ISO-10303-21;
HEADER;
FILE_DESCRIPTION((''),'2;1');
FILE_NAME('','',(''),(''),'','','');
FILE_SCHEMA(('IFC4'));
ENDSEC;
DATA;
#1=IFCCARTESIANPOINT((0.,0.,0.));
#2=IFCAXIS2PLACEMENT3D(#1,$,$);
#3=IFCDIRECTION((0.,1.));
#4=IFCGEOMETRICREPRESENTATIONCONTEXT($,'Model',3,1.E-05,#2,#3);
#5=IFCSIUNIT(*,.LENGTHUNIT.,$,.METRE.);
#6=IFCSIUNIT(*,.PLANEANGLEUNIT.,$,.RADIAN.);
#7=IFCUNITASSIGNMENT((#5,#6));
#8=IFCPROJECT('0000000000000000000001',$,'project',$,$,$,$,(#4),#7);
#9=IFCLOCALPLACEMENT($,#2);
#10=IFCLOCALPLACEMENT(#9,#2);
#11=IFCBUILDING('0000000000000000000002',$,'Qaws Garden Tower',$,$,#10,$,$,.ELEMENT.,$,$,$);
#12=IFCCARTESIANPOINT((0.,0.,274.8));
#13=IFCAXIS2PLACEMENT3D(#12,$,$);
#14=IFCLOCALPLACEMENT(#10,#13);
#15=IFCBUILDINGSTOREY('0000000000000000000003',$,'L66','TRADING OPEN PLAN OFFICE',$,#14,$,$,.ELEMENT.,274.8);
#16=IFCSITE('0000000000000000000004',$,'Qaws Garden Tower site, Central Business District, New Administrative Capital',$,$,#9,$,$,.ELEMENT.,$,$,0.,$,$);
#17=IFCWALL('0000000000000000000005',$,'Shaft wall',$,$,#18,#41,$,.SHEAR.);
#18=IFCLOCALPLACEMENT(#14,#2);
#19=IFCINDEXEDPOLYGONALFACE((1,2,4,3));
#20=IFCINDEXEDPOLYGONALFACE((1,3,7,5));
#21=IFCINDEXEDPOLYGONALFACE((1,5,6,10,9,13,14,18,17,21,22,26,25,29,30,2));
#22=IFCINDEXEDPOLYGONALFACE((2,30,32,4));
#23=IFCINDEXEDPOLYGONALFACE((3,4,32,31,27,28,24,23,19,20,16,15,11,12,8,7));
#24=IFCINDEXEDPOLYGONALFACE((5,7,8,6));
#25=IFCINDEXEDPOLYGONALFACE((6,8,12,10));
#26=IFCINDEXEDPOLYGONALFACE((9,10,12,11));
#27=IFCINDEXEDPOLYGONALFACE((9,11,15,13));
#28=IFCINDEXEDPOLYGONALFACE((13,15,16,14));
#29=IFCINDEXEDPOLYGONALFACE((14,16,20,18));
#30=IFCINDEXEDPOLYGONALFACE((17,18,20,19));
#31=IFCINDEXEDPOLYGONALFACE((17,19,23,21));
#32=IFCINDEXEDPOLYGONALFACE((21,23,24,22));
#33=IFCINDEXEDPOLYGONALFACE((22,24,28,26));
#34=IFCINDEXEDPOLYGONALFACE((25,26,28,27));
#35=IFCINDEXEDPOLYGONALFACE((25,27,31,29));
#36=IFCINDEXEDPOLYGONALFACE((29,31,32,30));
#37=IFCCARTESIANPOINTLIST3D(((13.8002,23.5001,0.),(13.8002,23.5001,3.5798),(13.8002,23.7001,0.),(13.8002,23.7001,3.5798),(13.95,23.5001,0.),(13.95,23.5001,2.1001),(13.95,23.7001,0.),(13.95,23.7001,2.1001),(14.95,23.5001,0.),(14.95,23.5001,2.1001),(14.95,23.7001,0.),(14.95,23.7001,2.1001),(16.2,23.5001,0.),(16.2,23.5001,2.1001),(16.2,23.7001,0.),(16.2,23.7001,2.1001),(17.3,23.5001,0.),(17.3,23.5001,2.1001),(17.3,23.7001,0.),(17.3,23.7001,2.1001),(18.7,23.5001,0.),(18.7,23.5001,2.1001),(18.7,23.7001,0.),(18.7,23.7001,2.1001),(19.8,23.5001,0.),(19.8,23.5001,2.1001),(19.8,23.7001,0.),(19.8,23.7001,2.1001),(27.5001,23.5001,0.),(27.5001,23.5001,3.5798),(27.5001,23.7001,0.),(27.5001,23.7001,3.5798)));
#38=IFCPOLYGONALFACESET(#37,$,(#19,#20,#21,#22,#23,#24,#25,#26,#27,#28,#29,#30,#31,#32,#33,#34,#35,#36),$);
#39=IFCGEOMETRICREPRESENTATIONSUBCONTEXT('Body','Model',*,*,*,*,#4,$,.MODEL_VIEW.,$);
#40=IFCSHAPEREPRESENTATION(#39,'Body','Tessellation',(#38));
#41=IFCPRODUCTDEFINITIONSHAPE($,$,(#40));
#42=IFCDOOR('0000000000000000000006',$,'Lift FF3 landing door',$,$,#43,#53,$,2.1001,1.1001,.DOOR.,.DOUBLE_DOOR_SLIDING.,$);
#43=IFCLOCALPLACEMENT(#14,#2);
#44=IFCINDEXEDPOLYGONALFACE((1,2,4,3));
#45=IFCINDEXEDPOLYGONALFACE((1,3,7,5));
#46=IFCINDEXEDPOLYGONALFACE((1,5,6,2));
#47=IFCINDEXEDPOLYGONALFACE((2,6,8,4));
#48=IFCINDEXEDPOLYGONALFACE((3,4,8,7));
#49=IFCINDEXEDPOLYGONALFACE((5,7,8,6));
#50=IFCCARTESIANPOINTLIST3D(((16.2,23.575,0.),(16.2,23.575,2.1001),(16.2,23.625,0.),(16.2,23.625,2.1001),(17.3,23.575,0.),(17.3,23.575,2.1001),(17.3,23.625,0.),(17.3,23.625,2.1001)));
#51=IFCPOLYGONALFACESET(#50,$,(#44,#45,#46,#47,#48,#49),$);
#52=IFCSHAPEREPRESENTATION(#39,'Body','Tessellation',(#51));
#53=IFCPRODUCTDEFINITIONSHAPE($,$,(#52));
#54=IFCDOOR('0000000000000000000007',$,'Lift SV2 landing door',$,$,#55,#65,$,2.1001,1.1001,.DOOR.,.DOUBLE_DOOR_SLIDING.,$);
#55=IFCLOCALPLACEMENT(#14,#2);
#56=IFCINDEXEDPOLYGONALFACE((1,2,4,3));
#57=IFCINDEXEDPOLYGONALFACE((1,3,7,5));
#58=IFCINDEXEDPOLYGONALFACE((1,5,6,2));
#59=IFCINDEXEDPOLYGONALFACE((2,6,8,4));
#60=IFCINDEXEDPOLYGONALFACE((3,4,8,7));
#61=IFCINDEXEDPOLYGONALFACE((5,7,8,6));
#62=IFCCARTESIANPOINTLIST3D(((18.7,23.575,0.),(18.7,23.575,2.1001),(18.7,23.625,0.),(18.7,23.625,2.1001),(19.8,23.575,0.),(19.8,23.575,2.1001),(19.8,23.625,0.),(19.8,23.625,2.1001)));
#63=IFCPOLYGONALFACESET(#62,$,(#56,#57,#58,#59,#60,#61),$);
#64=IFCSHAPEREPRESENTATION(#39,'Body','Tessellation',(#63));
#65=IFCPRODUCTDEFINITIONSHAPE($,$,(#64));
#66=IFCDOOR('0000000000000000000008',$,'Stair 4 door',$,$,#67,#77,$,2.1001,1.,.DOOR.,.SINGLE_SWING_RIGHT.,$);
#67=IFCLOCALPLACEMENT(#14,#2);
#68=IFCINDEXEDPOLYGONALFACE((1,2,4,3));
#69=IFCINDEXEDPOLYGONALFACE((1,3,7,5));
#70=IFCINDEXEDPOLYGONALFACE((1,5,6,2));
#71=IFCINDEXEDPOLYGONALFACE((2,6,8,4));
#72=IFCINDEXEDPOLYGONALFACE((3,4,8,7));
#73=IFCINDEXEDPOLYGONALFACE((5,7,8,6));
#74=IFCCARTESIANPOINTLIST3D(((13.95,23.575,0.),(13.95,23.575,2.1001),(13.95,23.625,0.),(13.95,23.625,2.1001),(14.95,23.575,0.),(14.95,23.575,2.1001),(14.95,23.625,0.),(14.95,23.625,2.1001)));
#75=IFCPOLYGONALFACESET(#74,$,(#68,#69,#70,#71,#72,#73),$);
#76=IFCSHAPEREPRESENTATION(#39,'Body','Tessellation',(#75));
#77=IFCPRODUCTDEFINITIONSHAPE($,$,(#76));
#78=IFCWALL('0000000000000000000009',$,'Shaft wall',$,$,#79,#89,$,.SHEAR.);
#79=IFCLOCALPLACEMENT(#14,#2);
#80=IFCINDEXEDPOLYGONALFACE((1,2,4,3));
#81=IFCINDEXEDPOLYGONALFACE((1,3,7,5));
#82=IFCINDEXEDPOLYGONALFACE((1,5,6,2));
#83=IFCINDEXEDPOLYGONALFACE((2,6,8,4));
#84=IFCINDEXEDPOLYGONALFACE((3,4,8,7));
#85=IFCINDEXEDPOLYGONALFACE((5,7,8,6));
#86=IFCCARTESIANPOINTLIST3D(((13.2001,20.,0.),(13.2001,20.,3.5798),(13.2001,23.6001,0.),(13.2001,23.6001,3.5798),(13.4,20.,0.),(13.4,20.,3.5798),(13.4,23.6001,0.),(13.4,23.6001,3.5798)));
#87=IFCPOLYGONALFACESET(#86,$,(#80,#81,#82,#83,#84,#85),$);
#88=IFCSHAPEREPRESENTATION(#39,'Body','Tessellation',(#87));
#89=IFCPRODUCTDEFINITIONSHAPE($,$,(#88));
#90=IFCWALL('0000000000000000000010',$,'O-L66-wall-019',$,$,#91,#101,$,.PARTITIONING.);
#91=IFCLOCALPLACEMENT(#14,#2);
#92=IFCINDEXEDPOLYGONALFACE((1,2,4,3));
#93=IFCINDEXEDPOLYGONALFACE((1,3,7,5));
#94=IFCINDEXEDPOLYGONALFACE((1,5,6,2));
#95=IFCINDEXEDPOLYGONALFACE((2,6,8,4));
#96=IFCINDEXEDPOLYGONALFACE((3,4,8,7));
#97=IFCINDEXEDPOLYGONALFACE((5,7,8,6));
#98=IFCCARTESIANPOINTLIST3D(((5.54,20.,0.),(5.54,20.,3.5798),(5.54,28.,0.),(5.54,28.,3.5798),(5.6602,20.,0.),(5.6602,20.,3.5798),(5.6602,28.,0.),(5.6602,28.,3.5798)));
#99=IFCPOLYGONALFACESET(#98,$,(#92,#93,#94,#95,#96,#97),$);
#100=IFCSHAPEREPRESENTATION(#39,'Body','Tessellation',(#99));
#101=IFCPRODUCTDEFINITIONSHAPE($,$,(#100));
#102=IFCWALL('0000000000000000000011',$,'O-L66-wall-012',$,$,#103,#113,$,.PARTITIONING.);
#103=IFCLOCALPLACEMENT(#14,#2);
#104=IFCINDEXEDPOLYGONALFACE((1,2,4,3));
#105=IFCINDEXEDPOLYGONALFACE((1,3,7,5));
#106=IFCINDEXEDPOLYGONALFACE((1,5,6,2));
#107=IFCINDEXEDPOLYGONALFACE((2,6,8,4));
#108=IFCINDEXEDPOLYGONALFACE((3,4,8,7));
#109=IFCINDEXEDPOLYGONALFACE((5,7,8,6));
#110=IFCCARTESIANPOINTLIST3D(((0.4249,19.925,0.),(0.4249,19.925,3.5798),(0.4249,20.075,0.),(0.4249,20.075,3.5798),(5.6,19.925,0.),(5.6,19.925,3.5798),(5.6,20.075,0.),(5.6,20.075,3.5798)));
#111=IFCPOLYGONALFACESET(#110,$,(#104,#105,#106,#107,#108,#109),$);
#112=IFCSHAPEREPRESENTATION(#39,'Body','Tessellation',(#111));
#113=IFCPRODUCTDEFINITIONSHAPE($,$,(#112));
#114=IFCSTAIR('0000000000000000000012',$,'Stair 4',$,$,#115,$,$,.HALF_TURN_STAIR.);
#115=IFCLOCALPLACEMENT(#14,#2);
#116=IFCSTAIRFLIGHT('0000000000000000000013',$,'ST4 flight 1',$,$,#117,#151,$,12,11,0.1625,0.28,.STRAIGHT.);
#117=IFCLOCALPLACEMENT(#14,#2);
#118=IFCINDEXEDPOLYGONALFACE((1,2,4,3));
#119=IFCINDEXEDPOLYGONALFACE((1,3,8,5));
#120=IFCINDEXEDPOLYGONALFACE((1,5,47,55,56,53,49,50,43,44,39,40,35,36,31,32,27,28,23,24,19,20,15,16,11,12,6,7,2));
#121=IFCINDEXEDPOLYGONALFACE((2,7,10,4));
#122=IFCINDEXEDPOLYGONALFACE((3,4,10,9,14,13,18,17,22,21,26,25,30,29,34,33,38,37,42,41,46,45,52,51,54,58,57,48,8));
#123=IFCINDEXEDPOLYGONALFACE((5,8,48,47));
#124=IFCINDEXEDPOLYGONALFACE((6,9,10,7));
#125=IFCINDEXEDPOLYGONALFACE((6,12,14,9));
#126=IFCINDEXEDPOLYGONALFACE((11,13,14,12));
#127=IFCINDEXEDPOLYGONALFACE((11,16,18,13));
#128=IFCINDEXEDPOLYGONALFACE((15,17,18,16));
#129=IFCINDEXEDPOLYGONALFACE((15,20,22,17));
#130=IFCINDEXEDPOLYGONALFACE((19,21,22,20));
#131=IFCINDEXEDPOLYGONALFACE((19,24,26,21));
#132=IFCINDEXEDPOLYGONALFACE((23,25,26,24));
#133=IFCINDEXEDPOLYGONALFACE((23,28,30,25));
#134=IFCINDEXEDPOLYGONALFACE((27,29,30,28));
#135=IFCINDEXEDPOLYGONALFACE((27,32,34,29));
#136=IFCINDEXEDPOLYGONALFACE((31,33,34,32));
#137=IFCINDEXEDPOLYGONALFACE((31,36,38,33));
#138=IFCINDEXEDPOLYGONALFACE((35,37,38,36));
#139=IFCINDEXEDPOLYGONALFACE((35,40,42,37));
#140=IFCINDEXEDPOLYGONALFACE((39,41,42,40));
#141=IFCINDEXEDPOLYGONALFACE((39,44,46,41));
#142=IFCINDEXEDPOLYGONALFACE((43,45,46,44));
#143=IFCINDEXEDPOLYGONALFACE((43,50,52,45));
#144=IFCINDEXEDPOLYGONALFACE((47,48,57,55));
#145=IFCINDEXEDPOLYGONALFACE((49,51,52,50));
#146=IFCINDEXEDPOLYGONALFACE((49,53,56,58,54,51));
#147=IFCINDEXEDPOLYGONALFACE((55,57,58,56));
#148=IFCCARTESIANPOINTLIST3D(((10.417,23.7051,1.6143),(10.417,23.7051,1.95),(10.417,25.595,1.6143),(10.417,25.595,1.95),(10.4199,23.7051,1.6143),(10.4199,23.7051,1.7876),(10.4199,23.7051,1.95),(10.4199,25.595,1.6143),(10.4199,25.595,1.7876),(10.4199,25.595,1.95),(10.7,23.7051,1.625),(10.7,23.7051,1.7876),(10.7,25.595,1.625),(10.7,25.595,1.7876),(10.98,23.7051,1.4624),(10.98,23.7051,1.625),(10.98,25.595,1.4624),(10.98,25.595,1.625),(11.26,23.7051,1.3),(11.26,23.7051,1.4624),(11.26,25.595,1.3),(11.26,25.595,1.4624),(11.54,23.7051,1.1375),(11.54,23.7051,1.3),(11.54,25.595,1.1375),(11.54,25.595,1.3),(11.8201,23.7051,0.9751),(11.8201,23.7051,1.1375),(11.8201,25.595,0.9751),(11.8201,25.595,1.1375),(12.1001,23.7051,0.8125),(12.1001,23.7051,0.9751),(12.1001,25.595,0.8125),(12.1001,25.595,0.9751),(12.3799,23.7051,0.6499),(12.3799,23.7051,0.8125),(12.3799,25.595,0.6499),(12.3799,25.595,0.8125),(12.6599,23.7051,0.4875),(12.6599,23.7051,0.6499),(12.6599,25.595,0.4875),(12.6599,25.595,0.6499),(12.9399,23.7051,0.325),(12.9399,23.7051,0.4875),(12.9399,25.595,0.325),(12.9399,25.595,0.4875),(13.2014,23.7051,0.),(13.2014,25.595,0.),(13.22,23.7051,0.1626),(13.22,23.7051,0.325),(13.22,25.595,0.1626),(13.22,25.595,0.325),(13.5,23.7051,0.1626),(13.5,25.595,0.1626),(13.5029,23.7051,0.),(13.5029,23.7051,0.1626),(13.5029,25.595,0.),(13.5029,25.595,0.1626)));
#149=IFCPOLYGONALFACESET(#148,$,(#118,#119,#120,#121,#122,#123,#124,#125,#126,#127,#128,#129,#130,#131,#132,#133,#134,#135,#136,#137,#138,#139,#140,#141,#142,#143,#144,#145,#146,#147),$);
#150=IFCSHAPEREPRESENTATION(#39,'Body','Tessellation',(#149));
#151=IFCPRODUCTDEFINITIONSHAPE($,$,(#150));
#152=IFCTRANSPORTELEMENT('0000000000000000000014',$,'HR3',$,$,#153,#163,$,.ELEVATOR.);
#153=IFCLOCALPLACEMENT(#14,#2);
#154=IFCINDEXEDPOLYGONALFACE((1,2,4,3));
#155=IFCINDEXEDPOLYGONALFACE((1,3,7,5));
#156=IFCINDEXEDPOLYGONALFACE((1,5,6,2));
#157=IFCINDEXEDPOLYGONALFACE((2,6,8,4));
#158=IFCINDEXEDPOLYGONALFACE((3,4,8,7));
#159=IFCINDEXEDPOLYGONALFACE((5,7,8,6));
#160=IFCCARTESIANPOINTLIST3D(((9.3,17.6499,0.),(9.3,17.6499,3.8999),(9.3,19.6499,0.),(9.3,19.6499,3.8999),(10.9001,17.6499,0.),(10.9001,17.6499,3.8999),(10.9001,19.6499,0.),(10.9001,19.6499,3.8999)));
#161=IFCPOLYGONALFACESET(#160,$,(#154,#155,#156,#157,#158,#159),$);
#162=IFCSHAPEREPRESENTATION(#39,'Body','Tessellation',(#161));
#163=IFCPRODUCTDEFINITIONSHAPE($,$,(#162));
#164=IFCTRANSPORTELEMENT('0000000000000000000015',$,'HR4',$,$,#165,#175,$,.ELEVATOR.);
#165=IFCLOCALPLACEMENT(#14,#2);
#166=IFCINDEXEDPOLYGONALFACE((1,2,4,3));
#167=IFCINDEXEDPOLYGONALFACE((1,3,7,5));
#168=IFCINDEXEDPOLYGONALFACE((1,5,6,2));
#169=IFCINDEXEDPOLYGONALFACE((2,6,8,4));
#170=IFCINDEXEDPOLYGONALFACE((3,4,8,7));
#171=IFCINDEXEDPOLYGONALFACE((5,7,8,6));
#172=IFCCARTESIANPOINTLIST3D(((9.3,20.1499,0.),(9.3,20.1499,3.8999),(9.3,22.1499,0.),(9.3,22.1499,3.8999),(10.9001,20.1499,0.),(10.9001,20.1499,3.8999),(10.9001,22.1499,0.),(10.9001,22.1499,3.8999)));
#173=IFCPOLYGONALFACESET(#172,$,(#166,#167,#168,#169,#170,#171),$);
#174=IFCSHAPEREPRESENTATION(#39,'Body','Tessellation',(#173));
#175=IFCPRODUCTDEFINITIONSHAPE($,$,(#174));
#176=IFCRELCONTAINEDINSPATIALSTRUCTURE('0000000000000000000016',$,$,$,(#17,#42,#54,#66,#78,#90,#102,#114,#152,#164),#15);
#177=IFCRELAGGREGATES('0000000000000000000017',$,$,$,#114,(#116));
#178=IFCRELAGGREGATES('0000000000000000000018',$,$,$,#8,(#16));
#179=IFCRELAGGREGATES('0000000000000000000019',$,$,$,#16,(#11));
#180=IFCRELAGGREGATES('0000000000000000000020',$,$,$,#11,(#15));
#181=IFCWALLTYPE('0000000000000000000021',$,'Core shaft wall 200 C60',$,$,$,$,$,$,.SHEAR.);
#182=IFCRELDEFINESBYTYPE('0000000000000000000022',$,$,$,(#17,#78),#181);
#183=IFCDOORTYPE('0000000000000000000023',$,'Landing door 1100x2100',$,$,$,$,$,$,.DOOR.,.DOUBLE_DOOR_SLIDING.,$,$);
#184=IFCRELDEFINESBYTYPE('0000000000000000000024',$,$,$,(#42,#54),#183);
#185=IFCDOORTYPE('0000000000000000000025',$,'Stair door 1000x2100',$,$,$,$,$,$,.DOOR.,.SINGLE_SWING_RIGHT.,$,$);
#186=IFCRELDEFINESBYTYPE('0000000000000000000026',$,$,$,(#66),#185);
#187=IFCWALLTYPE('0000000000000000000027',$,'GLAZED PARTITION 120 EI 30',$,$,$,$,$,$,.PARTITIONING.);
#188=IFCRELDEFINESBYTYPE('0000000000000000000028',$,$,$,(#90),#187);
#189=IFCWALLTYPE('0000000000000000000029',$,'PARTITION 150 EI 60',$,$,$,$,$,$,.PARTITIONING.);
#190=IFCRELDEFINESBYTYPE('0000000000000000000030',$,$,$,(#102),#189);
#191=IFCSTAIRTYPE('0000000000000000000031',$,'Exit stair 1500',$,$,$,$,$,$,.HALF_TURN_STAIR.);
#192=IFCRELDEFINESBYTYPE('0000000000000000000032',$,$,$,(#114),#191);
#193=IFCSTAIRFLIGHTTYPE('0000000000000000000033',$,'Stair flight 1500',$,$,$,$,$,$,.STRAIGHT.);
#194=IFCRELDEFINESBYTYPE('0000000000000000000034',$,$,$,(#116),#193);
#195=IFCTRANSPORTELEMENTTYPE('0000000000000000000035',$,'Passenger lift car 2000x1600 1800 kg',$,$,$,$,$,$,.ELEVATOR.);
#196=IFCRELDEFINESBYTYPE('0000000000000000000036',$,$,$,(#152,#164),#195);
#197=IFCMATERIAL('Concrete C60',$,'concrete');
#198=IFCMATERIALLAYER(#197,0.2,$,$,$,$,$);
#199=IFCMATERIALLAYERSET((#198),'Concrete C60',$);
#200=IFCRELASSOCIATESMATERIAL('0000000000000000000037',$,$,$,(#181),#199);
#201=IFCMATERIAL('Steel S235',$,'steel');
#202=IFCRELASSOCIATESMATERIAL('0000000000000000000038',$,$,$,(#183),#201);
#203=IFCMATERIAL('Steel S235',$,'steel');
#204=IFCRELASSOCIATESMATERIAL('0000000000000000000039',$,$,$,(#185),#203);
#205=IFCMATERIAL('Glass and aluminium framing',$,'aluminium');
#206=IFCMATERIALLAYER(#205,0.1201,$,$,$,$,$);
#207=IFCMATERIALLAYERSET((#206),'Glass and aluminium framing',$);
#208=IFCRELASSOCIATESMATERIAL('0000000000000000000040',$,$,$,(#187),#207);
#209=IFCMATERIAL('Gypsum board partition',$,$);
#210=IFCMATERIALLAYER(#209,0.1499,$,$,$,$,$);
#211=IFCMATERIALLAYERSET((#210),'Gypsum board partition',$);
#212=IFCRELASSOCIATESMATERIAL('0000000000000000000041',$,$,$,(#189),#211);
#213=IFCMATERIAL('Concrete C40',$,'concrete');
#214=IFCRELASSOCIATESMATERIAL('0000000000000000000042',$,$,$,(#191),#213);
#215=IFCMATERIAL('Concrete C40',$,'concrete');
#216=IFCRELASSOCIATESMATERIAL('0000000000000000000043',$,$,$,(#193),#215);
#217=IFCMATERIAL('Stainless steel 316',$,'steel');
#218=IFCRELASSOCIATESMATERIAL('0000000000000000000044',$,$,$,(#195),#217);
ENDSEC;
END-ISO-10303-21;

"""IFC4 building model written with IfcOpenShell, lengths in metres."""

from ifc_helpers import new_model, si_unit, direction, frame, frame_2d, origin, origin_2d, place, context, subcontext, project, spatial, polyline, rectangle, outline, extrude, material, layer, layer_set, type_object, element, fill, aggregate, save


model = new_model("IFC4")

# Units and contexts
model_context = context("Model", 3, precision=1e-05, world=origin(), true_north=direction((0.0, 1.0)))
body_context = subcontext(model_context, "Body", "Model", "MODEL_VIEW")
ifc_project = project(units=[si_unit("LENGTHUNIT", "METRE"), si_unit("PLANEANGLEUNIT", "RADIAN")], contexts=[model_context])

# Site, building, storey
site_placement = place(None, origin())
site = spatial("IfcSite", under=ifc_project, at=site_placement, Name="Qaws Garden Tower site, Central Business District, New Administrative Capital", CompositionType="ELEMENT", RefElevation=0.0)
building_placement = place(site_placement, origin())
building = spatial("IfcBuilding", under=site, at=building_placement, Name="Qaws Garden Tower", CompositionType="ELEMENT")
storey_placement = place(building_placement, frame((0.0, 0.0, 274.8)))
storey = spatial("IfcBuildingStorey", under=building, at=storey_placement, Name="L66", Description="TRADING OPEN PLAN OFFICE", CompositionType="ELEMENT", Elevation=274.8)

# Shared definitions
ifc_material_1 = material(Name="Concrete C60", Category="concrete")
ifc_layer_1 = layer(ifc_material_1, 0.2)
ifc_layer_set_1 = layer_set([ifc_layer_1], Name="Concrete C60")
wall_type_1 = type_object("IfcWallType", Name="Core shaft wall 200 C60", PredefinedType="SHEAR", material=ifc_layer_set_1)

# Wall, openings, doors
wall_1_placement = place(storey_placement, frame((13.8, 23.6001, 0.0), z_axis=(0.0, 0.0, 1.0), x_axis=(1.0, 0.0, 0.0)))
wall_1 = element("IfcWall", 1, at=wall_1_placement, inside=storey, type_object=wall_type_1, Name="Shaft wall", PredefinedType="SHEAR", context=body_context, shape_type="SweptSolid", body=[
    extrude(rectangle(XDim=13.7, YDim=0.2, at=frame_2d((6.8501, 0.0))), origin(), (0.0, 0.0, 1.0), 3.5798),
])
opening_1_placement = place(wall_1_placement, frame((2.3999, 0.0, 0.0)))
opening_1 = element("IfcOpeningElement", 2, at=opening_1_placement, cuts=wall_1, PredefinedType="OPENING", context=body_context, shape_type="SweptSolid", body=[
    extrude(rectangle(XDim=1.1001, YDim=2.1001, at=frame_2d((0.55, 1.05))), frame((0.0, 0.1099, 0.0), z_axis=(0.0, -1.0, 0.0), x_axis=(1.0, 0.0, 0.0)), (0.0, 0.0, 1.0), 0.22),
])
opening_2_placement = place(wall_1_placement, frame((4.8999, 0.0, 0.0)))
opening_2 = element("IfcOpeningElement", 3, at=opening_2_placement, cuts=wall_1, PredefinedType="OPENING", context=body_context, shape_type="SweptSolid", body=[
    extrude(rectangle(XDim=1.1001, YDim=2.1001, at=frame_2d((0.55, 1.05))), frame((0.0, 0.1099, 0.0), z_axis=(0.0, -1.0, 0.0), x_axis=(1.0, 0.0, 0.0)), (0.0, 0.0, 1.0), 0.22),
])
opening_3_placement = place(wall_1_placement, frame((0.1499, 0.0, 0.0)))
opening_3 = element("IfcOpeningElement", 4, at=opening_3_placement, cuts=wall_1, PredefinedType="OPENING", context=body_context, shape_type="SweptSolid", body=[
    extrude(rectangle(XDim=1.0, YDim=2.1001, at=frame_2d((0.5, 1.05))), frame((0.0, 0.1099, 0.0), z_axis=(0.0, -1.0, 0.0), x_axis=(1.0, 0.0, 0.0)), (0.0, 0.0, 1.0), 0.22),
])
ifc_material_2 = material(Name="Steel S235", Category="steel")
door_type_1 = type_object("IfcDoorType", Name="Landing door 1100x2100", OperationType="DOUBLE_DOOR_SLIDING", PredefinedType="DOOR", material=ifc_material_2)
door_1_placement = place(opening_1_placement, origin())
door_1 = element("IfcDoor", 5, at=door_1_placement, inside=storey, type_object=door_type_1, Name="Lift FF3 landing door", OperationType="DOUBLE_DOOR_SLIDING", OverallHeight=2.1001, OverallWidth=1.1001, PredefinedType="DOOR", context=body_context, shape_type="SweptSolid", body=[
    extrude(rectangle(XDim=1.1001, YDim=2.1001, at=frame_2d((0.55, 1.05))), frame((0.0, 0.0249, 0.0), z_axis=(0.0, -1.0, 0.0), x_axis=(1.0, 0.0, 0.0)), (0.0, 0.0, 1.0), 0.05),
])
fill(opening_1, door_1)
door_2_placement = place(opening_2_placement, origin())
door_2 = element("IfcDoor", 6, at=door_2_placement, inside=storey, type_object=door_type_1, Name="Lift SV2 landing door", OperationType="DOUBLE_DOOR_SLIDING", OverallHeight=2.1001, OverallWidth=1.1001, PredefinedType="DOOR", context=body_context, shape_type="SweptSolid", body=[
    extrude(rectangle(XDim=1.1001, YDim=2.1001, at=frame_2d((0.55, 1.05))), frame((0.0, 0.0249, 0.0), z_axis=(0.0, -1.0, 0.0), x_axis=(1.0, 0.0, 0.0)), (0.0, 0.0, 1.0), 0.05),
])
fill(opening_2, door_2)
ifc_material_3 = material(Name="Steel S235", Category="steel")
door_type_2 = type_object("IfcDoorType", Name="Stair door 1000x2100", OperationType="SINGLE_SWING_RIGHT", PredefinedType="DOOR", material=ifc_material_3)
door_3_placement = place(opening_3_placement, origin())
door_3 = element("IfcDoor", 7, at=door_3_placement, inside=storey, type_object=door_type_2, Name="Stair 4 door", OperationType="SINGLE_SWING_RIGHT", OverallHeight=2.1001, OverallWidth=1.0, PredefinedType="DOOR", context=body_context, shape_type="SweptSolid", body=[
    extrude(rectangle(XDim=1.0, YDim=2.1001, at=frame_2d((0.5, 1.05))), frame((0.0, 0.0249, 0.0), z_axis=(0.0, -1.0, 0.0), x_axis=(1.0, 0.0, 0.0)), (0.0, 0.0, 1.0), 0.05),
])
fill(opening_3, door_3)

# Walls
wall_2_placement = place(storey_placement, frame((13.3, 20.0, 0.0), z_axis=(0.0, 0.0, 1.0), x_axis=(0.0, 1.0, 0.0)))
element("IfcWall", 8, at=wall_2_placement, inside=storey, type_object=wall_type_1, Name="Shaft wall", PredefinedType="SHEAR", context=body_context, shape_type="SweptSolid", body=[
    extrude(rectangle(XDim=3.6001, YDim=0.2, at=frame_2d((1.8, 0.0))), origin(), (0.0, 0.0, 1.0), 3.5798),
])
ifc_material_4 = material(Name="Glass and aluminium framing", Category="aluminium")
ifc_layer_2 = layer(ifc_material_4, 0.1201)
ifc_layer_set_2 = layer_set([ifc_layer_2], Name="Glass and aluminium framing")
wall_type_2 = type_object("IfcWallType", Name="GLAZED PARTITION 120 EI 30", PredefinedType="PARTITIONING", material=ifc_layer_set_2)
wall_3_placement = place(storey_placement, frame((5.6001, 20.0, 0.0), z_axis=(0.0, 0.0, 1.0), x_axis=(0.0, 1.0, 0.0)))
element("IfcWall", 9, at=wall_3_placement, inside=storey, type_object=wall_type_2, Name="O-L66-wall-019", PredefinedType="PARTITIONING", context=body_context, shape_type="SweptSolid", body=[
    extrude(rectangle(XDim=8.0, YDim=0.1201, at=frame_2d((4.0, 0.0))), origin(), (0.0, 0.0, 1.0), 3.5798),
])
ifc_material_5 = material(Name="Gypsum board partition")
ifc_layer_3 = layer(ifc_material_5, 0.1499)
ifc_layer_set_3 = layer_set([ifc_layer_3], Name="Gypsum board partition")
wall_type_3 = type_object("IfcWallType", Name="PARTITION 150 EI 60", PredefinedType="PARTITIONING", material=ifc_layer_set_3)
wall_4_placement = place(storey_placement, frame((0.425, 20.0, 0.0), z_axis=(0.0, 0.0, 1.0), x_axis=(1.0, 0.0, 0.0)))
element("IfcWall", 10, at=wall_4_placement, inside=storey, type_object=wall_type_3, Name="O-L66-wall-012", PredefinedType="PARTITIONING", context=body_context, shape_type="SweptSolid", body=[
    extrude(rectangle(XDim=5.175, YDim=0.1499, at=frame_2d((2.5874, 0.0))), origin(), (0.0, 0.0, 1.0), 3.5798),
])

# Stair, stair flight
ifc_material_6 = material(Name="Concrete C40", Category="concrete")
stair_type = type_object("IfcStairType", Name="Exit stair 1500", PredefinedType="HALF_TURN_STAIR", material=ifc_material_6)
stair_placement = place(storey_placement, origin())
stair = element("IfcStair", 11, at=stair_placement, inside=storey, type_object=stair_type, Name="Stair 4", PredefinedType="HALF_TURN_STAIR")
ifc_material_7 = material(Name="Concrete C40", Category="concrete")
stair_flight_type = type_object("IfcStairFlightType", Name="Stair flight 1500", PredefinedType="STRAIGHT", material=ifc_material_7)
stair_flight_placement = place(storey_placement, frame((13.5, 24.6499, 0.0), z_axis=(0.0, 0.0, 1.0), x_axis=(-1.0, 0.0, 0.0)))
stair_flight = element("IfcStairFlight", 12, at=stair_flight_placement, type_object=stair_flight_type, Name="ST4 flight 1", NumberOfRisers=12, NumberOfTreads=11, PredefinedType="STRAIGHT", RiserHeight=0.1625, TreadLength=0.28, context=body_context, shape_type="SweptSolid", body=[
    extrude(outline(polyline([(-0.0029, 0.0), (-0.0029, 0.1626), (0.0, 0.1626), (0.28, 0.1626), (0.28, 0.325), (0.5601, 0.325), (0.5601, 0.4875), (0.8401, 0.4875), (0.8401, 0.6499), (1.1201, 0.6499), (1.1201, 0.8125), (1.3999, 0.8125), (1.3999, 0.9751), (1.6799, 0.9751), (1.6799, 1.1375), (1.96, 1.1375), (1.96, 1.3), (2.24, 1.3), (2.24, 1.4624), (2.52, 1.4624), (2.52, 1.625), (2.8, 1.625), (2.8, 1.7876), (3.0801, 1.7876), (3.0801, 1.95), (3.083, 1.95), (3.083, 1.6143), (3.0801, 1.6143), (0.2986, 0.0), (-0.0029, 0.0)])), frame((0.0, 0.9448, 0.0), z_axis=(0.0, -1.0, 0.0), x_axis=(1.0, 0.0, 0.0)), (0.0, 0.0, 1.0), 1.8899),
])
aggregate(stair, [stair_flight])

# Transport elements
ifc_material_8 = material(Name="Stainless steel 316", Category="steel")
transport_element_type = type_object("IfcTransportElementType", Name="Passenger lift car 2000x1600 1800 kg", PredefinedType="ELEVATOR", material=ifc_material_8)
for number, where, z_axis, x_axis, name in (
    (13, (10.1001, 18.6499, 0.0), (0.0, 0.0, 1.0), (1.0, 0.0, 0.0), "HR3"),
    (14, (10.1001, 21.1499, 0.0), (0.0, 0.0, 1.0), (1.0, 0.0, 0.0), "HR4"),
):
    element("IfcTransportElement", number, at=place(storey_placement, frame(where, z_axis=z_axis, x_axis=x_axis)), inside=storey, type_object=transport_element_type, Name=name, PredefinedType="ELEVATOR", context=body_context, shape_type="SweptSolid", body=[
        extrude(rectangle(XDim=1.6001, YDim=2.0, at=origin_2d()), origin(), (0.0, 0.0, 1.0), 3.8999),
    ])

save(model, "model.ifc")
